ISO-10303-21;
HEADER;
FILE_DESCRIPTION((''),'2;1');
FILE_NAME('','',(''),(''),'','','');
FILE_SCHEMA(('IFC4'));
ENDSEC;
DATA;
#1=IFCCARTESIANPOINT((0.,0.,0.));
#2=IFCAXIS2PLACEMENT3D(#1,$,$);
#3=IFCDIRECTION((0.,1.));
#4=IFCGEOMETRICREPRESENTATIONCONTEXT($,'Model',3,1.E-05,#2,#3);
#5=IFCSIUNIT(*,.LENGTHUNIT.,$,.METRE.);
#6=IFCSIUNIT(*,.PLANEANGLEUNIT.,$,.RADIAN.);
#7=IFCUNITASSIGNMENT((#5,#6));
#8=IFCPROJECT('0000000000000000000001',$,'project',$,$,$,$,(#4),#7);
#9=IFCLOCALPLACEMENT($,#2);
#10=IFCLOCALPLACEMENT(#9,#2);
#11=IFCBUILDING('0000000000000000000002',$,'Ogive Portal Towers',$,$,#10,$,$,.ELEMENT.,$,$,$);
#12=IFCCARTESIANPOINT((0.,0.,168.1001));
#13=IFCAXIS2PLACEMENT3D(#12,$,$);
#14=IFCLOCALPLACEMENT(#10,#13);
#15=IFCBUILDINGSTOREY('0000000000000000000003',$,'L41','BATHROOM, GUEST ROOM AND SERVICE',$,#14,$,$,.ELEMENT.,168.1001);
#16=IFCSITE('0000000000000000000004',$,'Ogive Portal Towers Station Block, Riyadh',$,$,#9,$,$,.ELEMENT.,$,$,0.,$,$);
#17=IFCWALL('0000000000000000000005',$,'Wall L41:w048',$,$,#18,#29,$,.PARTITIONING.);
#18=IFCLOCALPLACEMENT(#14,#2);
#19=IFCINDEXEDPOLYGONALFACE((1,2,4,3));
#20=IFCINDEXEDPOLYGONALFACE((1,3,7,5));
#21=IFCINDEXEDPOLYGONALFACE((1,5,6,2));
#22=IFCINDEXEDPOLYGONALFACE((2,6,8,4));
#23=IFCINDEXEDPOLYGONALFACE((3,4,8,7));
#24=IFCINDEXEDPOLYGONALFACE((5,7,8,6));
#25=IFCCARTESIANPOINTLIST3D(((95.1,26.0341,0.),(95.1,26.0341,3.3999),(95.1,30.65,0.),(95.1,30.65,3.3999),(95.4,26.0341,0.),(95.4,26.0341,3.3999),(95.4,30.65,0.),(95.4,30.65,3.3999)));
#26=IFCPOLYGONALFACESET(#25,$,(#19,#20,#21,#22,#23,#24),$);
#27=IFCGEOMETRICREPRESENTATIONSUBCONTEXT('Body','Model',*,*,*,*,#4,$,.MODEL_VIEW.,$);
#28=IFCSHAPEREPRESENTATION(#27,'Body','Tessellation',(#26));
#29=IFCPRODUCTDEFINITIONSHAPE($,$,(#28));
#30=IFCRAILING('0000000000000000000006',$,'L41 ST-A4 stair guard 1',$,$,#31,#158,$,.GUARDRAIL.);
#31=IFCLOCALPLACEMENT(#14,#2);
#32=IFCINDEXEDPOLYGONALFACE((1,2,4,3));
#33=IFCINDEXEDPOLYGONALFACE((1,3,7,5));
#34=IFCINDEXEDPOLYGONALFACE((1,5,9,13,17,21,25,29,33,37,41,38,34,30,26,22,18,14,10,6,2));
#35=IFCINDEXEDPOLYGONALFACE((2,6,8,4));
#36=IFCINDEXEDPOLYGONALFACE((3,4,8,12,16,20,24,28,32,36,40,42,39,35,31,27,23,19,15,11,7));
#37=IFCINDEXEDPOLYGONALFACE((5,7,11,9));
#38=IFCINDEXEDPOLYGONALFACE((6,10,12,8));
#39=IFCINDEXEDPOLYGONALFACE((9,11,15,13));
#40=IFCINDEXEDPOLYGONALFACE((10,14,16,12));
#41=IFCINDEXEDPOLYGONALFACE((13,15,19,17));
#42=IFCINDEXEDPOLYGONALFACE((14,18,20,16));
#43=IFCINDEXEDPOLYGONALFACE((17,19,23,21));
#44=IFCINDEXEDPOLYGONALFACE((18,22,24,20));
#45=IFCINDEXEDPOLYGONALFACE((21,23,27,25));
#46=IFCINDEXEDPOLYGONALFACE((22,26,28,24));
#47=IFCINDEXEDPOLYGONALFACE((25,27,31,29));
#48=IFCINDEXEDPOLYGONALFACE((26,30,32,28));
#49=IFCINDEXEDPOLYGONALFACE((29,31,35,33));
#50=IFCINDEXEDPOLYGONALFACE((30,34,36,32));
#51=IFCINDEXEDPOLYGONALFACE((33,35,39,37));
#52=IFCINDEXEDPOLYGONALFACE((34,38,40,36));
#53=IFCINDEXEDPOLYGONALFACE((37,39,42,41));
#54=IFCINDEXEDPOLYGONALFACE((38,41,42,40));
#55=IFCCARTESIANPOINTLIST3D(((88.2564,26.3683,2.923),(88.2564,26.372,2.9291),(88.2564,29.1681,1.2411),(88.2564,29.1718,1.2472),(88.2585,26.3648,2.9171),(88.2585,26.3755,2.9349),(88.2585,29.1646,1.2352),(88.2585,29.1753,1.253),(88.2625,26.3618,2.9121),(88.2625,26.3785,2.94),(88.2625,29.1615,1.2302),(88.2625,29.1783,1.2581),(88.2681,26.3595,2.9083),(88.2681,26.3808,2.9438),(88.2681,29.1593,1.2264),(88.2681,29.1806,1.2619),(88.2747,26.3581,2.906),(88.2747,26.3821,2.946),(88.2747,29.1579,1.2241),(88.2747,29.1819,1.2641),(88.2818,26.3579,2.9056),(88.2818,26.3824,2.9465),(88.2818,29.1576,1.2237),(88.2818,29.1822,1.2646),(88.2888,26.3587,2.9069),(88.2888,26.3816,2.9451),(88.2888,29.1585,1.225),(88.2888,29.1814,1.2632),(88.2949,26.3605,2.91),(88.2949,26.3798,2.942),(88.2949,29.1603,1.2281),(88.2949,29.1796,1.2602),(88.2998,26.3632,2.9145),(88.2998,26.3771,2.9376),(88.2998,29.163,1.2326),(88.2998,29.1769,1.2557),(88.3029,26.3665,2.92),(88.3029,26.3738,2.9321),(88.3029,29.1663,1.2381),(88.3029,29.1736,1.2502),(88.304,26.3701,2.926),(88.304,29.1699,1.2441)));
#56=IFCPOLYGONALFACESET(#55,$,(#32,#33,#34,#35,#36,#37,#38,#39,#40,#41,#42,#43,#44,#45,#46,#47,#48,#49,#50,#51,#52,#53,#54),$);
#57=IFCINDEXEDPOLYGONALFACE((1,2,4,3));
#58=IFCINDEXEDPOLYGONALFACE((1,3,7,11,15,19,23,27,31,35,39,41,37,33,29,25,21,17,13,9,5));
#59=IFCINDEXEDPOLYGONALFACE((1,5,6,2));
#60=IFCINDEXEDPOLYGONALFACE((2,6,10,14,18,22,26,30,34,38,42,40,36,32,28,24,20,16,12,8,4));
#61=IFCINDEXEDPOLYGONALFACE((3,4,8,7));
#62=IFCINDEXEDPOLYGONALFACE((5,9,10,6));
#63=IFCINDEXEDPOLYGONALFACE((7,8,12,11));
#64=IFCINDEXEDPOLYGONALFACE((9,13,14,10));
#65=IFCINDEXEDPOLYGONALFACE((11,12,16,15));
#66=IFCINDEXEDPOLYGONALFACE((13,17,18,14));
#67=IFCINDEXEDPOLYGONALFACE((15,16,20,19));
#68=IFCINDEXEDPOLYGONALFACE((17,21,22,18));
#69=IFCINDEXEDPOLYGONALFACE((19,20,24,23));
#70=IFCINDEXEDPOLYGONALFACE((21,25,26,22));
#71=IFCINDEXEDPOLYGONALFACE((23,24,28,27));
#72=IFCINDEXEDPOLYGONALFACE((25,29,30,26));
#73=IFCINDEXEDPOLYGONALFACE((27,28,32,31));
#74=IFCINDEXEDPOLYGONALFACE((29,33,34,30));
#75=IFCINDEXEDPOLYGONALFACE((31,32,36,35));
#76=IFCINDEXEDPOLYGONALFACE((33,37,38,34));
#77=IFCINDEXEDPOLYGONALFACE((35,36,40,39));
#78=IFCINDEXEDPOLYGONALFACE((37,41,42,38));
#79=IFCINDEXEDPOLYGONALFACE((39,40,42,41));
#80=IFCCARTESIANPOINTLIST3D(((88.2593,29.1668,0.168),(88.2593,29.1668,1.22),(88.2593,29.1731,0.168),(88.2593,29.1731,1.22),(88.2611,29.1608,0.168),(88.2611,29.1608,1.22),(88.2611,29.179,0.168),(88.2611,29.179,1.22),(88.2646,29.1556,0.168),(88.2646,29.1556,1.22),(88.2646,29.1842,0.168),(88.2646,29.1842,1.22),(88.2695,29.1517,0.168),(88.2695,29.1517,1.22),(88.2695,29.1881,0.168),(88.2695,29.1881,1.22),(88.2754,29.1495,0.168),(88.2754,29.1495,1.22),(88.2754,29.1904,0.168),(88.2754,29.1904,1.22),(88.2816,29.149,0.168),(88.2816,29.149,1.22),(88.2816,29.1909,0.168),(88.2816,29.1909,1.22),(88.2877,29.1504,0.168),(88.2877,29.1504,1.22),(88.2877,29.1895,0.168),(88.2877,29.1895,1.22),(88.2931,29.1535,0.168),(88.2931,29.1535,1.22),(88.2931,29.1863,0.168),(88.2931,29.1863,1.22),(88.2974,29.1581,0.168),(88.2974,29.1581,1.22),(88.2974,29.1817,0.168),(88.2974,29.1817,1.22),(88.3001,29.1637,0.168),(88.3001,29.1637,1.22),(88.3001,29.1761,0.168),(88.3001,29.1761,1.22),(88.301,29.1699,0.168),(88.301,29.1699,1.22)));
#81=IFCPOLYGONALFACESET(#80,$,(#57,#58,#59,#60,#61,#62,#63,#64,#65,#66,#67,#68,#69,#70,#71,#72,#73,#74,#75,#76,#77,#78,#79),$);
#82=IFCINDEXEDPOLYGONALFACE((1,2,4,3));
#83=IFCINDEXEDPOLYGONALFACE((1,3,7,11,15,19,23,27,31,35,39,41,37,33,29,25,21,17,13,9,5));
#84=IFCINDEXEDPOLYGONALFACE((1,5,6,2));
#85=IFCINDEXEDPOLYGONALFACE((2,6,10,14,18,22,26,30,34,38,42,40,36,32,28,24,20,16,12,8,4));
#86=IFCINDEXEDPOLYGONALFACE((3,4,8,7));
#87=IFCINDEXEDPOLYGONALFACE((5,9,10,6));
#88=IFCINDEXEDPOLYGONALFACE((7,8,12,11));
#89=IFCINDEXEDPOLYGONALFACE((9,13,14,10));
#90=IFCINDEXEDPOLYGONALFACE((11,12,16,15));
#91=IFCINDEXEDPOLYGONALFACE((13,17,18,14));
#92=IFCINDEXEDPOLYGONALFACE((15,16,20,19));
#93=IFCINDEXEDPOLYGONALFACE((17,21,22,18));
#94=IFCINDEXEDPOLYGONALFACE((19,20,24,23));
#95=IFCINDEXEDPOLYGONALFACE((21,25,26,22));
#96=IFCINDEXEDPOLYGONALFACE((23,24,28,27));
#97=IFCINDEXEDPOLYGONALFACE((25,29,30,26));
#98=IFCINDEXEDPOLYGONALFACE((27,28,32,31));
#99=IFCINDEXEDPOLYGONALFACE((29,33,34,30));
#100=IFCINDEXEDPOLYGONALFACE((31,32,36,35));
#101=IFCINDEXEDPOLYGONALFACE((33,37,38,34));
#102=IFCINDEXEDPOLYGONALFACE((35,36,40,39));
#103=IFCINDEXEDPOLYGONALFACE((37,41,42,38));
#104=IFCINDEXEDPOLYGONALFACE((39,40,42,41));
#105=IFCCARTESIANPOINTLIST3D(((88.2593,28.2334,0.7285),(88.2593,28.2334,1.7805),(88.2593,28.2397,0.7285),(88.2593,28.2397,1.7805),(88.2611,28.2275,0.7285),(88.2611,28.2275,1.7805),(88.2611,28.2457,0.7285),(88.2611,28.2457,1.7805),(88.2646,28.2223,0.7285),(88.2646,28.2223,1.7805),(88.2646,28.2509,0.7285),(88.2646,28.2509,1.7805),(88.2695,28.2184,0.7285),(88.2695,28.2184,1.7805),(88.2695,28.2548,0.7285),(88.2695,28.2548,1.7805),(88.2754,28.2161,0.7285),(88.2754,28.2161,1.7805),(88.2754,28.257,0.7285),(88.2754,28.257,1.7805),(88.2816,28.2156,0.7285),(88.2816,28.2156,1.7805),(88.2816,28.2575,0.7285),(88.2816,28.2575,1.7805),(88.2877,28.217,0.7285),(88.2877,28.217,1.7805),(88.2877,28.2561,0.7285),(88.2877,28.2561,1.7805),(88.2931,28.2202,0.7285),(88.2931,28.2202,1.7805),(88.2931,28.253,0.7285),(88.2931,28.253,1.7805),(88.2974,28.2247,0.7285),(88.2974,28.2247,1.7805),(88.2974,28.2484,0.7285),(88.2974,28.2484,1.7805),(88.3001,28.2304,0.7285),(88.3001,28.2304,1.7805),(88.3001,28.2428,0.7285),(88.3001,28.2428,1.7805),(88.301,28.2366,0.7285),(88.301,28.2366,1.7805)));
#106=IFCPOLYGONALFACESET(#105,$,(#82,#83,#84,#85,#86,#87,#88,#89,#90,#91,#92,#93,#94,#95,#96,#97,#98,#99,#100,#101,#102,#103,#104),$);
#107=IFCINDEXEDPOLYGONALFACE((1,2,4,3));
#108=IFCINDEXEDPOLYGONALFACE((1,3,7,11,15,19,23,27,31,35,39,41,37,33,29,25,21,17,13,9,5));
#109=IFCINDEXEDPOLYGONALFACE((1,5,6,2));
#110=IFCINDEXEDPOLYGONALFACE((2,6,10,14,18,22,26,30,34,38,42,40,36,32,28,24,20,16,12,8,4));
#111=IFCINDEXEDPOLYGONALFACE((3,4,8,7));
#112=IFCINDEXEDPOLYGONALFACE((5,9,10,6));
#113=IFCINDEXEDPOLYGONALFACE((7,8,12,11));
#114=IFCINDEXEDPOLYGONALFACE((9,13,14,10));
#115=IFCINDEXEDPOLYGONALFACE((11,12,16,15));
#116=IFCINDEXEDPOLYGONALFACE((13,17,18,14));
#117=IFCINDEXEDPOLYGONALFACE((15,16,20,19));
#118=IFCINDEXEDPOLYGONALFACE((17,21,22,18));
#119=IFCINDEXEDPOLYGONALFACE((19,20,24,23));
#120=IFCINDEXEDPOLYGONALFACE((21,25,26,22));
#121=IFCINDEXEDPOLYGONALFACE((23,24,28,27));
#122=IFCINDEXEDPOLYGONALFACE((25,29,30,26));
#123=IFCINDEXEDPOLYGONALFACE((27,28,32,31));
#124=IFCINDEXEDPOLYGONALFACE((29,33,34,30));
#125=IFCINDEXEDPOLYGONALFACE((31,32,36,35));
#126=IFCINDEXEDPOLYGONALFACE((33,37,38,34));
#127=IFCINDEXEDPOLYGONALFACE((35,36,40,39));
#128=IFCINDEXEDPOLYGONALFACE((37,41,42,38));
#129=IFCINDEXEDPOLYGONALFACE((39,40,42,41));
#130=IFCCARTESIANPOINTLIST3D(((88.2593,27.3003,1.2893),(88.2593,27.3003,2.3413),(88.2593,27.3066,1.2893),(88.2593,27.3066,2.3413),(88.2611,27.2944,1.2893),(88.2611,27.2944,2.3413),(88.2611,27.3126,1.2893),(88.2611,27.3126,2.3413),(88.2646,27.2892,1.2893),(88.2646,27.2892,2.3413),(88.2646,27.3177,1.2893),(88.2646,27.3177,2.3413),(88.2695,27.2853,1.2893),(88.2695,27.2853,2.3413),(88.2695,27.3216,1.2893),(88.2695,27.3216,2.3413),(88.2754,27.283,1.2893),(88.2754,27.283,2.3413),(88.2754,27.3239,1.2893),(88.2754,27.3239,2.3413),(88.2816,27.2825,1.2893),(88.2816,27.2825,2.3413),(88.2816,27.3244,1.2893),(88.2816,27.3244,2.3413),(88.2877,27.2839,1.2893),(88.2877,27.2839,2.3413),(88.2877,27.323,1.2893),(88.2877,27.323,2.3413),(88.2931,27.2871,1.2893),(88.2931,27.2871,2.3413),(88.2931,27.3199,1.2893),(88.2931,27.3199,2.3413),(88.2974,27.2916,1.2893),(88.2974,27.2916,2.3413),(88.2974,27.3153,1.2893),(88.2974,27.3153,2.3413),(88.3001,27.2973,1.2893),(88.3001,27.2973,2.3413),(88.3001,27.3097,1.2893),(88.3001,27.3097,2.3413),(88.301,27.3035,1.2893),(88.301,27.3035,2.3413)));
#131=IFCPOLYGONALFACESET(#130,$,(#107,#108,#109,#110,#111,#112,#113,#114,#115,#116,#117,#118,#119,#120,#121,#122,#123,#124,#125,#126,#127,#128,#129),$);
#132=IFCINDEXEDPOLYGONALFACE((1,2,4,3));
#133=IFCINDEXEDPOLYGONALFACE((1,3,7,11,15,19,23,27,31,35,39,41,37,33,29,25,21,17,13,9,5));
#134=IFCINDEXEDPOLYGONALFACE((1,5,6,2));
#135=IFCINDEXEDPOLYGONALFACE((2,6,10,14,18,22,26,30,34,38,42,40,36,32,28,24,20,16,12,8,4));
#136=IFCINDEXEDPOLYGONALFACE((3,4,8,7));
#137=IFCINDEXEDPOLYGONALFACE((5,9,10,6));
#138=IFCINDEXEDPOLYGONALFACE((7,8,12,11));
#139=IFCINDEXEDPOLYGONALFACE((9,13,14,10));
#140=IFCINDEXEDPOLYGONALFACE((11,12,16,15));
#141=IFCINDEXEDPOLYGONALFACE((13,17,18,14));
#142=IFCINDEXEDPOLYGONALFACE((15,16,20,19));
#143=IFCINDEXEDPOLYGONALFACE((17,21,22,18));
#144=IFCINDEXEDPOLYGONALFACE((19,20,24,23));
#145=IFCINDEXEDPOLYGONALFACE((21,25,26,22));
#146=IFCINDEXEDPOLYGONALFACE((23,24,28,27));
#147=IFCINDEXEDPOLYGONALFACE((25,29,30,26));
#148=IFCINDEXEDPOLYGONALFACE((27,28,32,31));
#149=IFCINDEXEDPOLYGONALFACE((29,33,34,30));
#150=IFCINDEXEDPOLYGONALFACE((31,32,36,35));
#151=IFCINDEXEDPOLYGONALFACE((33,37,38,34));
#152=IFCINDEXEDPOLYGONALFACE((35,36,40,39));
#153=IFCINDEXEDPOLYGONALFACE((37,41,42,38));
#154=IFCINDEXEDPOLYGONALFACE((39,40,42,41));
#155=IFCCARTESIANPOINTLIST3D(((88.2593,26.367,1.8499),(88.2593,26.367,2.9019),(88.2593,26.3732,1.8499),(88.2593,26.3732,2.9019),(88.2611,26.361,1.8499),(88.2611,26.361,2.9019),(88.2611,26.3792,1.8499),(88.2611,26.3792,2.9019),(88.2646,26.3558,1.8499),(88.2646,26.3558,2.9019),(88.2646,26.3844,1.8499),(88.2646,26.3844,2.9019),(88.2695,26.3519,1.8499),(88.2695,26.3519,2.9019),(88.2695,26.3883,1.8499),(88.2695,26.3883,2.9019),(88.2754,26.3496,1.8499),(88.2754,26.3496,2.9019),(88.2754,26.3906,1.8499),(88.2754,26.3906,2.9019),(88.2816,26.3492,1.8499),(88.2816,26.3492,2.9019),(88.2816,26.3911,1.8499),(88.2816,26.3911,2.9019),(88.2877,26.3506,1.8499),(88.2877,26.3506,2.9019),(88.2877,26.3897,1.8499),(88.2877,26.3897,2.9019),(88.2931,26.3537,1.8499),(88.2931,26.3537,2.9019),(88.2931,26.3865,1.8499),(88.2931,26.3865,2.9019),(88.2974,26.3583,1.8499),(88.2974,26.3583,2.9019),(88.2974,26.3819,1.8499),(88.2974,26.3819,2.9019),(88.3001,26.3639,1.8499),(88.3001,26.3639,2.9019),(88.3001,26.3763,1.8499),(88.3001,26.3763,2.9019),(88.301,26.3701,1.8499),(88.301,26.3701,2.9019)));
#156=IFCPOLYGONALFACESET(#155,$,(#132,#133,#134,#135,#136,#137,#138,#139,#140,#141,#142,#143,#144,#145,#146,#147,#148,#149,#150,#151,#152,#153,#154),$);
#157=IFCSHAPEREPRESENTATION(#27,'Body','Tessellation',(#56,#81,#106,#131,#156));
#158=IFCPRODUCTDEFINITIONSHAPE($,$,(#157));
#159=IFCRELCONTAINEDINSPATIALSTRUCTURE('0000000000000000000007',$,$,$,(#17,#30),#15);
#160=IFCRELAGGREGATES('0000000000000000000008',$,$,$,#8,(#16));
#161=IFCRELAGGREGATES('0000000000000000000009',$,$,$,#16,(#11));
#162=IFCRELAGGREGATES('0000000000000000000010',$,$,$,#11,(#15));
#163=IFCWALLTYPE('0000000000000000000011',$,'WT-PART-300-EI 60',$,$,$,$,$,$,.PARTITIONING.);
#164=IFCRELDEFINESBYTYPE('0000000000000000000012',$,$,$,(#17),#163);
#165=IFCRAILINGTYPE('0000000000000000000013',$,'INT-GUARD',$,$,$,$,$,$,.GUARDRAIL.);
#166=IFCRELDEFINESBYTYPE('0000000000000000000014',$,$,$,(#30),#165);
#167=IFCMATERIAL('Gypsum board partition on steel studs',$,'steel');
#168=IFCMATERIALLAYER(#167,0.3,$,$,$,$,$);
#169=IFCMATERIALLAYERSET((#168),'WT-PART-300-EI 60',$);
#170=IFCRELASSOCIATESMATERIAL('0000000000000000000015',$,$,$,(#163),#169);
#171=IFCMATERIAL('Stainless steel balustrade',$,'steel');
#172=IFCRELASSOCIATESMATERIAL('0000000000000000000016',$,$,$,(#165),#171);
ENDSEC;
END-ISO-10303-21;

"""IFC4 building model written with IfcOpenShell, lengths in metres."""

from ifc_helpers import new_model, si_unit, direction, frame, frame_2d, origin, origin_2d, place, context, subcontext, project, spatial, rectangle, circle, extrude, material, layer, layer_set, type_object, element, save


model = new_model("IFC4")

# Units and contexts
model_context = context("Model", 3, precision=1e-05, world=origin(), true_north=direction((0.0, 1.0)))
body_context = subcontext(model_context, "Body", "Model", "MODEL_VIEW")
ifc_project = project(units=[si_unit("LENGTHUNIT", "METRE"), si_unit("PLANEANGLEUNIT", "RADIAN")], contexts=[model_context])

# Site, building, storey
site_placement = place(None, origin())
site = spatial("IfcSite", under=ifc_project, at=site_placement, Name="Ogive Portal Towers Station Block, Riyadh", CompositionType="ELEMENT", RefElevation=0.0)
building_placement = place(site_placement, origin())
building = spatial("IfcBuilding", under=site, at=building_placement, Name="Ogive Portal Towers", CompositionType="ELEMENT")
storey_placement = place(building_placement, frame((0.0, 0.0, 168.1001)))
storey = spatial("IfcBuildingStorey", under=building, at=storey_placement, Name="L41", Description="BATHROOM, GUEST ROOM AND SERVICE", CompositionType="ELEMENT", Elevation=168.1001)

# Wall
ifc_material_1 = material(Name="Gypsum board partition on steel studs", Category="steel")
ifc_layer_1 = layer(ifc_material_1, 0.3)
ifc_layer_set_1 = layer_set([ifc_layer_1], Name="WT-PART-300-EI 60")
wall_type_1 = type_object("IfcWallType", Name="WT-PART-300-EI 60", PredefinedType="PARTITIONING", material=ifc_layer_set_1)
wall_1_placement = place(storey_placement, frame((95.25, 26.0339, 0.0), z_axis=(0.0, 0.0, 1.0), x_axis=(0.0, 1.0, 0.0)))
element("IfcWall", 1, at=wall_1_placement, inside=storey, type_object=wall_type_1, Name="Wall L41:w048", PredefinedType="PARTITIONING", context=body_context, shape_type="SweptSolid", body=[
    extrude(rectangle(XDim=4.616, YDim=0.3, at=frame_2d((2.3081, 0.0))), origin(), (0.0, 0.0, 1.0), 3.3999),
])

# Railing
ifc_material_2 = material(Name="Stainless steel balustrade", Category="steel")
railing_type_1 = type_object("IfcRailingType", Name="INT-GUARD", PredefinedType="GUARDRAIL", material=ifc_material_2)
railing_1_placement = place(storey_placement, frame((88.28, 29.1699, 0.168)))
element("IfcRailing", 2, at=railing_1_placement, inside=storey, type_object=railing_type_1, Name="L41 ST-A4 stair guard 1", PredefinedType="GUARDRAIL", context=body_context, shape_type="SweptSolid", body=[
    extrude(circle(Radius=0.0239, at=origin_2d()), frame((0.0, 0.0, 1.0762), z_axis=(0.0, -0.857222, 0.514946), x_axis=(1.0, 0.0, 0.0)), (0.0, 0.0, 1.0), 3.2661),
    extrude(circle(Radius=0.021, at=origin_2d()), origin(), (0.0, 0.0, 1.0), 1.052),
    extrude(circle(Radius=0.021, at=origin_2d()), frame((0.0, -0.9333, 0.5605)), (0.0, 0.0, 1.0), 1.052),
    extrude(circle(Radius=0.021, at=origin_2d()), frame((0.0, -1.8665, 1.1213)), (0.0, 0.0, 1.0), 1.052),
    extrude(circle(Radius=0.021, at=origin_2d()), frame((0.0, -2.7998, 1.6819)), (0.0, 0.0, 1.0), 1.052),
])

save(model, "model.ifc")
